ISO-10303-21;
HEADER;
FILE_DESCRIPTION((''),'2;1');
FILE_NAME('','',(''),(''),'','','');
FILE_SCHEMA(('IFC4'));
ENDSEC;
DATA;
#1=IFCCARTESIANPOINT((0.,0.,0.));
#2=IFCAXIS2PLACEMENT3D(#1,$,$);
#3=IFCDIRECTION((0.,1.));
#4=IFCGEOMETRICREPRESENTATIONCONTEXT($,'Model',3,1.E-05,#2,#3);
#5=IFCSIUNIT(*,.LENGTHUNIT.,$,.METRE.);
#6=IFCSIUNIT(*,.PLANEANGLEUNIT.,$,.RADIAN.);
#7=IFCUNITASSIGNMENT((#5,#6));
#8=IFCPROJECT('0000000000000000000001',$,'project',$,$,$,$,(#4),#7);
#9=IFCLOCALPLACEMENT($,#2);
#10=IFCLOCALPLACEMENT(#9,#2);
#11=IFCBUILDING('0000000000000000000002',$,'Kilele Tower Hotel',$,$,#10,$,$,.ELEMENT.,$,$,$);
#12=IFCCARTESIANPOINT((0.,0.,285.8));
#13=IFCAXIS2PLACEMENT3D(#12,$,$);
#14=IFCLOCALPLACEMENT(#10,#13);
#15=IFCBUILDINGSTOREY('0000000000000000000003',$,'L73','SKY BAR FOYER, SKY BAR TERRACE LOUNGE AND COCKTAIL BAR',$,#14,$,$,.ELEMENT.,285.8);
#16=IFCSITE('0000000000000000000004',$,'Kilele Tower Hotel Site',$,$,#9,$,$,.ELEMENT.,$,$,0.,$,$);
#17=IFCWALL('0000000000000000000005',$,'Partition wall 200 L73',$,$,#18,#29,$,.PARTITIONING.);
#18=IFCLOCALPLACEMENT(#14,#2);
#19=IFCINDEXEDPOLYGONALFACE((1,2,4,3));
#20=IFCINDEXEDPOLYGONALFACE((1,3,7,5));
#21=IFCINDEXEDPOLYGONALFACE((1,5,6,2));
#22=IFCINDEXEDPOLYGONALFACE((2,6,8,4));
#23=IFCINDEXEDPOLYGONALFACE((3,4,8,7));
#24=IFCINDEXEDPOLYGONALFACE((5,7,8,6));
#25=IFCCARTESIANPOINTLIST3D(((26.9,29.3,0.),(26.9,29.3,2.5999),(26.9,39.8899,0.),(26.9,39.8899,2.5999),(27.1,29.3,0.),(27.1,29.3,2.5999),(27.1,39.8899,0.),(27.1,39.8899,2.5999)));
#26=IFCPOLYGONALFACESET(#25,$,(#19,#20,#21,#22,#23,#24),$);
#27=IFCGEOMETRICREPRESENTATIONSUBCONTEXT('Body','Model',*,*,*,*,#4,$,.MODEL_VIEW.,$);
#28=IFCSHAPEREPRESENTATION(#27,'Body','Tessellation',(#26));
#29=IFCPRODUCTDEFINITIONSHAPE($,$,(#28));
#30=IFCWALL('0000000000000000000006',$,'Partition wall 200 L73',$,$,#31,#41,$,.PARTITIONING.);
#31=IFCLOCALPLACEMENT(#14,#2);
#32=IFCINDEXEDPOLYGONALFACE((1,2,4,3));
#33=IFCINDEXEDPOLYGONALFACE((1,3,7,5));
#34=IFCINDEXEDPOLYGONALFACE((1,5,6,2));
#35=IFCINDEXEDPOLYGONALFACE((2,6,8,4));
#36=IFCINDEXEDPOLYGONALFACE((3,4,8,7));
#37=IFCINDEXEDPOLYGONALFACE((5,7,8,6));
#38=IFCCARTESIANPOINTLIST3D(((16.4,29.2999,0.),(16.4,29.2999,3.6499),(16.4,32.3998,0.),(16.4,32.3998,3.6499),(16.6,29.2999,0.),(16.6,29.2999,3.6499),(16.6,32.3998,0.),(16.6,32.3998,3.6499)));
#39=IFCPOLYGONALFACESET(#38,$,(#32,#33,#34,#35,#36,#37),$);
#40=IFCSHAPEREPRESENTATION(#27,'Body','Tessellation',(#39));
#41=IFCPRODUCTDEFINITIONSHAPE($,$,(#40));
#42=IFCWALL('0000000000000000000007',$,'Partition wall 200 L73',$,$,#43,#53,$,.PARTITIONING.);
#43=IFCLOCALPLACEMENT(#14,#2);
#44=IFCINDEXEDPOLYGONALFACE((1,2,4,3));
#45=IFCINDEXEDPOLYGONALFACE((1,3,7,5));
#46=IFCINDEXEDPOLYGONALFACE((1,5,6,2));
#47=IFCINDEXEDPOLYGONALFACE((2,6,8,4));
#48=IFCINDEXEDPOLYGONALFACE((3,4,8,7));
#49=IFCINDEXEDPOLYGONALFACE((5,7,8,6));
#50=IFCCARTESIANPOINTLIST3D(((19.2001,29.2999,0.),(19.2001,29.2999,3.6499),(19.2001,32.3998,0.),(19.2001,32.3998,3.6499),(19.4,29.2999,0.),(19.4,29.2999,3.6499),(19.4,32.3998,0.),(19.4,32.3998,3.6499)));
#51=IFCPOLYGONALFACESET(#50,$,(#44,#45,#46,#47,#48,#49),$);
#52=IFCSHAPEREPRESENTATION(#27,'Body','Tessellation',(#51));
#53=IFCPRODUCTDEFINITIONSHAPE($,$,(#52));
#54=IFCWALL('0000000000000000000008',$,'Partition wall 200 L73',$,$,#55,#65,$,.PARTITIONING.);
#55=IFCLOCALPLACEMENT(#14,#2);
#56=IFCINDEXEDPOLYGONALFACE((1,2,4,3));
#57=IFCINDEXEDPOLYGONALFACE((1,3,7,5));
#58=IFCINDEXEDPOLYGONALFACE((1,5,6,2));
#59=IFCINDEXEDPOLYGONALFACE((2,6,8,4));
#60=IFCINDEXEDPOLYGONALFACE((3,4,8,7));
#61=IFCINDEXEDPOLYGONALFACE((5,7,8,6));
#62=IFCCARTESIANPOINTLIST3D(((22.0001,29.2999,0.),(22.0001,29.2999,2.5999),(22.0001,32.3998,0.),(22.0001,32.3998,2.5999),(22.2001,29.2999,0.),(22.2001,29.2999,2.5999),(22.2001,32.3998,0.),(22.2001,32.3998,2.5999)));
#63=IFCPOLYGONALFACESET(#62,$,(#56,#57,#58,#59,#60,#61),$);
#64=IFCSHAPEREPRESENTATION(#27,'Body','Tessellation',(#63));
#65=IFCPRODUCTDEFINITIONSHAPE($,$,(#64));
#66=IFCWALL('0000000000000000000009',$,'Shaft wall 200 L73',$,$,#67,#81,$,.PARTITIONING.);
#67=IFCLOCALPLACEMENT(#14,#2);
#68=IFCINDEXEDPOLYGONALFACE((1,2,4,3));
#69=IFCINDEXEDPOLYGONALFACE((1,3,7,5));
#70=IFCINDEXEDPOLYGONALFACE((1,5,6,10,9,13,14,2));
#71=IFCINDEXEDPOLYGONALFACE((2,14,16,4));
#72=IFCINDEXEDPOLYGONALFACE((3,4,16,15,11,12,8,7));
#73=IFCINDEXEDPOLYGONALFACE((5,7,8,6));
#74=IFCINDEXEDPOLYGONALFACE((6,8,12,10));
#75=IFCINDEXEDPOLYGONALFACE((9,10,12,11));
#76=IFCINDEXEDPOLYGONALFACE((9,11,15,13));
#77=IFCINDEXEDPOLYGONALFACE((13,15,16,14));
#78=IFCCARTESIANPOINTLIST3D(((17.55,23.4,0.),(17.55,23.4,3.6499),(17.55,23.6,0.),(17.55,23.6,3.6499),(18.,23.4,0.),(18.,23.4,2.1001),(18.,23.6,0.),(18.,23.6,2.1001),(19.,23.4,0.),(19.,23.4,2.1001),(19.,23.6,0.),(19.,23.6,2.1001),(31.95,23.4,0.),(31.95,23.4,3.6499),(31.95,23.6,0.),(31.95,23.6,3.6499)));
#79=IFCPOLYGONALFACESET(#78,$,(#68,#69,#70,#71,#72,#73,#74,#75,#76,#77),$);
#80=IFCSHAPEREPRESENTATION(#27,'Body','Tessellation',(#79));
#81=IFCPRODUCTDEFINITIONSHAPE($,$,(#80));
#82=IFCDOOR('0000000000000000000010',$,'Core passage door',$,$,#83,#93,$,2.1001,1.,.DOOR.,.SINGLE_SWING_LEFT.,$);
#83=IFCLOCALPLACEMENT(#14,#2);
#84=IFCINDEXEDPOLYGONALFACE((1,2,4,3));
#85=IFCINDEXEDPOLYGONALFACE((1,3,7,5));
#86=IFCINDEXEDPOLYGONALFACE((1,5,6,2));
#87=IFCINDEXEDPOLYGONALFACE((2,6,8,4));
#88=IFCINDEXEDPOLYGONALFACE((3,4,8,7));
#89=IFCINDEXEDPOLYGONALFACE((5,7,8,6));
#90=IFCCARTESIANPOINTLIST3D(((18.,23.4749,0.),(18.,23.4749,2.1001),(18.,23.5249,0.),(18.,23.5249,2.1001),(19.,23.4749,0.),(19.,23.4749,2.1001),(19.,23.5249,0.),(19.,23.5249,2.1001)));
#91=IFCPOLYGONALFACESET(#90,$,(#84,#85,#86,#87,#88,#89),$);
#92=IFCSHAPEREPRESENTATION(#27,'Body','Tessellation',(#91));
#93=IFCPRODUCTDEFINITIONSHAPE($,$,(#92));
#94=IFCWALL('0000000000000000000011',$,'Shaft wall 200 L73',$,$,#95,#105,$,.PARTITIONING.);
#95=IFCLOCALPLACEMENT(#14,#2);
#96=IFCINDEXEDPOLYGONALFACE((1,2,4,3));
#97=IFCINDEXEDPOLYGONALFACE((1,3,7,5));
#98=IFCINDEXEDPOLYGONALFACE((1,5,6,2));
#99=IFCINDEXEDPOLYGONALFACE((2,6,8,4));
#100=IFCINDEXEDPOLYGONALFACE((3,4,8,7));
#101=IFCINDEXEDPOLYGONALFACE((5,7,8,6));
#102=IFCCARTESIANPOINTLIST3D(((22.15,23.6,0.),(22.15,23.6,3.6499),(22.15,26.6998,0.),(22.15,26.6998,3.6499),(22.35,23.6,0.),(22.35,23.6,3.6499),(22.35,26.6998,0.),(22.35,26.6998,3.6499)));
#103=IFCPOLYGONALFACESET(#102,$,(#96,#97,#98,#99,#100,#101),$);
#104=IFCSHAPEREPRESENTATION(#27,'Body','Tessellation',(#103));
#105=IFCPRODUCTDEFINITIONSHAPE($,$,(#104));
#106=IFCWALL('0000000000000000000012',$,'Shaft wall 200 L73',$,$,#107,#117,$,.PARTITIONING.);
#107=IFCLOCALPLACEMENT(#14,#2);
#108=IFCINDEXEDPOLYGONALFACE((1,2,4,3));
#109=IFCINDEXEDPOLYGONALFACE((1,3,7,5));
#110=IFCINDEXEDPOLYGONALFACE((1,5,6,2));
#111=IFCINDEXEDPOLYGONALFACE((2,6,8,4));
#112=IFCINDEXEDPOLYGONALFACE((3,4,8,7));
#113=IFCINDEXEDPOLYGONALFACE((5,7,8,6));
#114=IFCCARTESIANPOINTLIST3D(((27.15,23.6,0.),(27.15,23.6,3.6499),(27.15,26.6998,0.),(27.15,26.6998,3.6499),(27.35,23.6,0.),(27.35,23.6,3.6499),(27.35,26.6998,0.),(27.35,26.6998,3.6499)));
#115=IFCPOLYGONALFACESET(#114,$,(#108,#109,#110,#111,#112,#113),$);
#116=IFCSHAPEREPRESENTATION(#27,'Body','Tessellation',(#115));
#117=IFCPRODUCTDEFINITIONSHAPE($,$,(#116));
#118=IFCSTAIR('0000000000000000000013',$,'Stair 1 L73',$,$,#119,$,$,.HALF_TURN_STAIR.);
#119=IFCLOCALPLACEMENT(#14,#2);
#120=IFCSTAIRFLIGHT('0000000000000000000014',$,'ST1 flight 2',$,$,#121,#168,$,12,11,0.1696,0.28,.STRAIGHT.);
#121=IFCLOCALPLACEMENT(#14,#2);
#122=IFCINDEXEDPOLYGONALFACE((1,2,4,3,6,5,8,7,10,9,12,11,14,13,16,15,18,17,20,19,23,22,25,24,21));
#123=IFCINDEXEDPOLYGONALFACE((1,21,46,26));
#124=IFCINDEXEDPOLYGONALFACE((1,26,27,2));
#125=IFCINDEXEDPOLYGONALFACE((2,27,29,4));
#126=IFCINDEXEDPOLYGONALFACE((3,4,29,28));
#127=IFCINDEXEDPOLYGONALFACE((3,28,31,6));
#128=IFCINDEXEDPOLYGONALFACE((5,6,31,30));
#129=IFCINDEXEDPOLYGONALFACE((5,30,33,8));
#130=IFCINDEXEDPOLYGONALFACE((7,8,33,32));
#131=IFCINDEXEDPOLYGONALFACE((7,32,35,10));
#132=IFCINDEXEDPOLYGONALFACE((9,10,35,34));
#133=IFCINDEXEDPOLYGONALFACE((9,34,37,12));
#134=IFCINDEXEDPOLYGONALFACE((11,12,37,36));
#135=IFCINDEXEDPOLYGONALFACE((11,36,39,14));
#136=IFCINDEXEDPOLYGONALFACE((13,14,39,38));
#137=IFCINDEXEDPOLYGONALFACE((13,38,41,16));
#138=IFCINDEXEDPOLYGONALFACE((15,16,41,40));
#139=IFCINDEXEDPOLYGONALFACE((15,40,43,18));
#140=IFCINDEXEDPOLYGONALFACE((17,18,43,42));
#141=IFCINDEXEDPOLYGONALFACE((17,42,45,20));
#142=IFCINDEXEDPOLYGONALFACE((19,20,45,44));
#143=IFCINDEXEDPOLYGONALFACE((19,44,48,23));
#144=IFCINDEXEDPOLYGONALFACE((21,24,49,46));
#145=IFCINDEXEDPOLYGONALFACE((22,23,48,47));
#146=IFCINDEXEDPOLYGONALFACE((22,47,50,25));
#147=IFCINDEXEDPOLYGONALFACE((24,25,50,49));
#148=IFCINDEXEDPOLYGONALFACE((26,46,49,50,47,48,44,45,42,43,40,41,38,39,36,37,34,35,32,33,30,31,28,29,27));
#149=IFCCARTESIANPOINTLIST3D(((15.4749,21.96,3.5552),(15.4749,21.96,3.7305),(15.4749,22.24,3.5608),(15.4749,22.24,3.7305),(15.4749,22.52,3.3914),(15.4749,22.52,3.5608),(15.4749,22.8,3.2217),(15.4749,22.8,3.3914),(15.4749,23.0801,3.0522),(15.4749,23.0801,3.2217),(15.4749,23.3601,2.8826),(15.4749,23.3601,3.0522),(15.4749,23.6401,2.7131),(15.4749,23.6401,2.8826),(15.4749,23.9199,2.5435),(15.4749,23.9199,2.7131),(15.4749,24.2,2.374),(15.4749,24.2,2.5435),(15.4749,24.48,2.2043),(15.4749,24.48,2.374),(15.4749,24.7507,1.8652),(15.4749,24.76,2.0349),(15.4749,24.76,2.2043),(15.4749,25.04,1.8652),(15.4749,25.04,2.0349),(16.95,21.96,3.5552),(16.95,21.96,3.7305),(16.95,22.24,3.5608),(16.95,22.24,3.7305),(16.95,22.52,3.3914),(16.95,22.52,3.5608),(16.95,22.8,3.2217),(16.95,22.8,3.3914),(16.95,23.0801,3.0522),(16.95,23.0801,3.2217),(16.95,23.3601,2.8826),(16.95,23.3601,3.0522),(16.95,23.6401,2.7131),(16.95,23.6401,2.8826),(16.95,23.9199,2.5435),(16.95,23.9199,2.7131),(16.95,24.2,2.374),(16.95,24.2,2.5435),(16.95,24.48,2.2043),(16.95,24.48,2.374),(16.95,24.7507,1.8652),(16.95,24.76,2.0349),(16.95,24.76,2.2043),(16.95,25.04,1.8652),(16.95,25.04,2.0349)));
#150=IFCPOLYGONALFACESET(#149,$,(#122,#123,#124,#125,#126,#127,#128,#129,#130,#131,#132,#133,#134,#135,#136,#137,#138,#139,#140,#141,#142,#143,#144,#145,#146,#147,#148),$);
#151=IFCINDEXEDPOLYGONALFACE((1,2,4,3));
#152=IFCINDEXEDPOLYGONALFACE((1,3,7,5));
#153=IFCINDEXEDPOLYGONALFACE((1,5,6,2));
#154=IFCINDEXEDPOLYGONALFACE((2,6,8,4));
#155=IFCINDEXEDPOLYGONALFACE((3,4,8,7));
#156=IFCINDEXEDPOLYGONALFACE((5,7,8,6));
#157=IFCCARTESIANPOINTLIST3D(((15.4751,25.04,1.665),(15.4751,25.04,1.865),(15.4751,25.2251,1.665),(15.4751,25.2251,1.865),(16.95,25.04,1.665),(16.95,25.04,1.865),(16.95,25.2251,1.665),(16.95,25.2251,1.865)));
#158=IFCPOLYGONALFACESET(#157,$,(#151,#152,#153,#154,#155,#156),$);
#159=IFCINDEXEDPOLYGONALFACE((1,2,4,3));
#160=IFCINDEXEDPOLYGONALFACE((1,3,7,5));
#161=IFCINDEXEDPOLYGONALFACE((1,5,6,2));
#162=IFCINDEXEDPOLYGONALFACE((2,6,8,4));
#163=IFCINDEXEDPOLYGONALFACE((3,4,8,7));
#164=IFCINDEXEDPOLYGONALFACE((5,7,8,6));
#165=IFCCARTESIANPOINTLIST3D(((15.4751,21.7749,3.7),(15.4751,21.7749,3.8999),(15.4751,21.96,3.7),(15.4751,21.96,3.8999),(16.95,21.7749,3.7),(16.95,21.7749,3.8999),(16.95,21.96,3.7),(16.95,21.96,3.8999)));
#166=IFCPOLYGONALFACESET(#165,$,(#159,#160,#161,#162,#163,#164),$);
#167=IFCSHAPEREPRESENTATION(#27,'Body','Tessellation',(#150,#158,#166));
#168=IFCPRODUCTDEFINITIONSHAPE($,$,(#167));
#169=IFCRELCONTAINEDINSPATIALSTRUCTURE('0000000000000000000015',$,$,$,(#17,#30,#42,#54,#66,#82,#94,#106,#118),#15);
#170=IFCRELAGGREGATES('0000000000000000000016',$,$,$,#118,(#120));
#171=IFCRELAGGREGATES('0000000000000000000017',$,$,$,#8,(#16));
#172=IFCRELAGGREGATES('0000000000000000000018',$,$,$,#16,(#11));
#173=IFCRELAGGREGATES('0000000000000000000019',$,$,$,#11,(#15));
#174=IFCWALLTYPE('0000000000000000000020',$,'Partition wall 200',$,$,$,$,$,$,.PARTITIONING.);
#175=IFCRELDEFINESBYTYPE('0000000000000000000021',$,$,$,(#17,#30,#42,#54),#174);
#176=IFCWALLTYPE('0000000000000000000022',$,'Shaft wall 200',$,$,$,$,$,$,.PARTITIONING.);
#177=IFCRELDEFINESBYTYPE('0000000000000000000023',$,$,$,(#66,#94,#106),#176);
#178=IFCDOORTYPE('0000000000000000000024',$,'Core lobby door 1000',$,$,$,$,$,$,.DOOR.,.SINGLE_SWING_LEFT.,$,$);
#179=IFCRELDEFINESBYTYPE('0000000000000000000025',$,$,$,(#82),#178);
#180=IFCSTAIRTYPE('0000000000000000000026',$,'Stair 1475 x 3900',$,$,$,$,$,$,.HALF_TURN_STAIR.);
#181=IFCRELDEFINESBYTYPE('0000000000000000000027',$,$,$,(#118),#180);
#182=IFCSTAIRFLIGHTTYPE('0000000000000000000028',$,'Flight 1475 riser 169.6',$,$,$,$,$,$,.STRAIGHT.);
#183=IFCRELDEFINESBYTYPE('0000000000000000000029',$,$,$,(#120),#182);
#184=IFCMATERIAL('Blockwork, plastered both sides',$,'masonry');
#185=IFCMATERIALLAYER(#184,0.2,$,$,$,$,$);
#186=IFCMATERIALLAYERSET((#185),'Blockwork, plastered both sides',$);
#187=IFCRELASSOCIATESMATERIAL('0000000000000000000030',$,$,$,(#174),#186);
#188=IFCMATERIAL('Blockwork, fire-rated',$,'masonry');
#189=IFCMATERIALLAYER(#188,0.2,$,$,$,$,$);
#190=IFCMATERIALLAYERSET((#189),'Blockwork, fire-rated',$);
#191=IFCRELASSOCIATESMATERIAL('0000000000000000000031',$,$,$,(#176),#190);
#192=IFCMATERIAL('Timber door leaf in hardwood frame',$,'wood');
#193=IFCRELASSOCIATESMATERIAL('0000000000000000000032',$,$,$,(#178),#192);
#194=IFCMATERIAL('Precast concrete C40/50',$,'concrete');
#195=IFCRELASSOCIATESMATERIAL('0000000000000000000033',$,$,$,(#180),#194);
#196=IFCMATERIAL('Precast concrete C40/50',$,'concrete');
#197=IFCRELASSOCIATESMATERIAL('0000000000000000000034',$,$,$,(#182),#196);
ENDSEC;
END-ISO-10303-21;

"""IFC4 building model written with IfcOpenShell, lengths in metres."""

from ifc_helpers import new_model, si_unit, direction, frame, frame_2d, origin, place, context, subcontext, project, spatial, polyline, rectangle, outline, extrude, material, layer, layer_set, type_object, element, fill, aggregate, save


model = new_model("IFC4")

# Units and contexts
model_context = context("Model", 3, precision=1e-05, world=origin(), true_north=direction((0.0, 1.0)))
body_context = subcontext(model_context, "Body", "Model", "MODEL_VIEW")
ifc_project = project(units=[si_unit("LENGTHUNIT", "METRE"), si_unit("PLANEANGLEUNIT", "RADIAN")], contexts=[model_context])

# Site, building, storey
site_placement = place(None, origin())
site = spatial("IfcSite", under=ifc_project, at=site_placement, Name="Kilele Tower Hotel Site", CompositionType="ELEMENT", RefElevation=0.0)
building_placement = place(site_placement, origin())
building = spatial("IfcBuilding", under=site, at=building_placement, Name="Kilele Tower Hotel", CompositionType="ELEMENT")
storey_placement = place(building_placement, frame((0.0, 0.0, 285.8)))
storey = spatial("IfcBuildingStorey", under=building, at=storey_placement, Name="L73", Description="SKY BAR FOYER, SKY BAR TERRACE LOUNGE AND COCKTAIL BAR", CompositionType="ELEMENT", Elevation=285.8)

# Shared definitions
ifc_material_1 = material(Name="Blockwork, plastered both sides", Category="masonry")
ifc_layer_1 = layer(ifc_material_1, 0.2)
ifc_layer_set_1 = layer_set([ifc_layer_1], Name="Blockwork, plastered both sides")
wall_type_1 = type_object("IfcWallType", Name="Partition wall 200", PredefinedType="PARTITIONING", material=ifc_layer_set_1)

# Walls
wall_1_placement = place(storey_placement, frame((27.0, 29.3, 0.0), z_axis=(0.0, 0.0, 1.0), x_axis=(0.0, 1.0, 0.0)))
element("IfcWall", 1, at=wall_1_placement, inside=storey, type_object=wall_type_1, Name="Partition wall 200 L73", PredefinedType="PARTITIONING", context=body_context, shape_type="SweptSolid", body=[
    extrude(rectangle(XDim=10.5898, YDim=0.2, at=frame_2d((5.2949, 0.0))), origin(), (0.0, 0.0, 1.0), 2.5999),
])
for number, where, z_axis, x_axis, name in (
    (2, (16.5, 29.3, 0.0), (0.0, 0.0, 1.0), (0.0, 1.0, 0.0), "Partition wall 200 L73"),
    (3, (19.3, 29.3, 0.0), (0.0, 0.0, 1.0), (0.0, 1.0, 0.0), "Partition wall 200 L73"),
):
    element("IfcWall", number, at=place(storey_placement, frame(where, z_axis=z_axis, x_axis=x_axis)), inside=storey, type_object=wall_type_1, Name=name, PredefinedType="PARTITIONING", context=body_context, shape_type="SweptSolid", body=[
        extrude(rectangle(XDim=3.0999, YDim=0.2, at=frame_2d((1.5498, 0.0))), origin(), (0.0, 0.0, 1.0), 3.6499),
    ])
wall_2_placement = place(storey_placement, frame((22.1001, 29.3, 0.0), z_axis=(0.0, 0.0, 1.0), x_axis=(0.0, 1.0, 0.0)))
element("IfcWall", 4, at=wall_2_placement, inside=storey, type_object=wall_type_1, Name="Partition wall 200 L73", PredefinedType="PARTITIONING", context=body_context, shape_type="SweptSolid", body=[
    extrude(rectangle(XDim=3.0999, YDim=0.2, at=frame_2d((1.5498, 0.0))), origin(), (0.0, 0.0, 1.0), 2.5999),
])

# Wall, opening, door
ifc_material_2 = material(Name="Blockwork, fire-rated", Category="masonry")
ifc_layer_2 = layer(ifc_material_2, 0.2)
ifc_layer_set_2 = layer_set([ifc_layer_2], Name="Blockwork, fire-rated")
wall_type_2 = type_object("IfcWallType", Name="Shaft wall 200", PredefinedType="PARTITIONING", material=ifc_layer_set_2)
wall_3_placement = place(storey_placement, frame((17.55, 23.5, 0.0), z_axis=(0.0, 0.0, 1.0), x_axis=(1.0, 0.0, 0.0)))
wall_3 = element("IfcWall", 5, at=wall_3_placement, inside=storey, type_object=wall_type_2, Name="Shaft wall 200 L73", PredefinedType="PARTITIONING", context=body_context, shape_type="SweptSolid", body=[
    extrude(rectangle(XDim=14.3999, YDim=0.2, at=frame_2d((7.2, 0.0))), origin(), (0.0, 0.0, 1.0), 3.6499),
])
opening_1_placement = place(wall_3_placement, frame((0.45, 0.0, 0.0)))
opening_1 = element("IfcOpeningElement", 6, at=opening_1_placement, cuts=wall_3, PredefinedType="OPENING", context=body_context, shape_type="SweptSolid", body=[
    extrude(rectangle(XDim=1.0, YDim=2.1001, at=frame_2d((0.5, 1.05))), frame((0.0, 0.1099, 0.0), z_axis=(0.0, -1.0, 0.0), x_axis=(1.0, 0.0, 0.0)), (0.0, 0.0, 1.0), 0.22),
])
ifc_material_3 = material(Name="Timber door leaf in hardwood frame", Category="wood")
door_type_1 = type_object("IfcDoorType", Name="Core lobby door 1000", OperationType="SINGLE_SWING_LEFT", PredefinedType="DOOR", material=ifc_material_3)
door_1_placement = place(opening_1_placement, origin())
door_1 = element("IfcDoor", 7, at=door_1_placement, inside=storey, type_object=door_type_1, Name="Core passage door", OperationType="SINGLE_SWING_LEFT", OverallHeight=2.1001, OverallWidth=1.0, PredefinedType="DOOR", context=body_context, shape_type="SweptSolid", body=[
    extrude(rectangle(XDim=1.0, YDim=2.1001, at=frame_2d((0.5, 1.05))), frame((0.0, 0.0249, 0.0), z_axis=(0.0, -1.0, 0.0), x_axis=(1.0, 0.0, 0.0)), (0.0, 0.0, 1.0), 0.05),
])
fill(opening_1, door_1)

# Walls
for number, where, z_axis, x_axis, name in (
    (8, (22.25, 23.6001, 0.0), (0.0, 0.0, 1.0), (0.0, 1.0, 0.0), "Shaft wall 200 L73"),
    (9, (27.25, 23.6001, 0.0), (0.0, 0.0, 1.0), (0.0, 1.0, 0.0), "Shaft wall 200 L73"),
):
    element("IfcWall", number, at=place(storey_placement, frame(where, z_axis=z_axis, x_axis=x_axis)), inside=storey, type_object=wall_type_2, Name=name, PredefinedType="PARTITIONING", context=body_context, shape_type="SweptSolid", body=[
        extrude(rectangle(XDim=3.0999, YDim=0.2, at=frame_2d((1.5498, 0.0))), origin(), (0.0, 0.0, 1.0), 3.6499),
    ])

# Stair, stair flight
ifc_material_4 = material(Name="Precast concrete C40/50", Category="concrete")
stair_type = type_object("IfcStairType", Name="Stair 1475 x 3900", PredefinedType="HALF_TURN_STAIR", material=ifc_material_4)
stair_placement = place(storey_placement, origin())
stair = element("IfcStair", 10, at=stair_placement, inside=storey, type_object=stair_type, Name="Stair 1 L73", PredefinedType="HALF_TURN_STAIR")
ifc_material_5 = material(Name="Precast concrete C40/50", Category="concrete")
stair_flight_type = type_object("IfcStairFlightType", Name="Flight 1475 riser 169.6", PredefinedType="STRAIGHT", material=ifc_material_5)
stair_flight_placement = place(storey_placement, frame((16.2124, 25.04, 1.8652), z_axis=(0.0, 0.0, 1.0), x_axis=(0.0, -1.0, 0.0)))
stair_flight = element("IfcStairFlight", 11, at=stair_flight_placement, type_object=stair_flight_type, Name="ST1 flight 2", NumberOfRisers=12, NumberOfTreads=11, PredefinedType="STRAIGHT", RiserHeight=0.1696, TreadLength=0.28, context=body_context, shape_type="SweptSolid", body=[
    extrude(outline(polyline([(0.0, 0.0), (0.0, 0.1697), (0.28, 0.1697), (0.28, 0.3391), (0.5601, 0.3391), (0.5601, 0.5088), (0.8401, 0.5088), (0.8401, 0.6782), (1.1201, 0.6782), (1.1201, 0.8479), (1.3999, 0.8479), (1.3999, 1.0173), (1.6799, 1.0173), (1.6799, 1.187), (1.96, 1.187), (1.96, 1.3564), (2.24, 1.3564), (2.24, 1.5261), (2.52, 1.5261), (2.52, 1.6956), (2.8, 1.6956), (2.8, 1.8652), (3.0801, 1.8652), (3.0801, 2.0347), (3.0801, 1.6899), (0.2893, 0.0), (0.0, 0.0)])), frame((0.0, 0.7375, 0.0), z_axis=(0.0, -1.0, 0.0), x_axis=(1.0, 0.0, 0.0)), (0.0, 0.0, 1.0), 1.4751),
    extrude(outline(polyline([(0.0, -0.7373), (0.0, 0.7375), (-0.1851, 0.7375), (-0.1851, -0.7373), (0.0, -0.7373)])), frame((0.0, 0.0, -0.2002)), (0.0, 0.0, 1.0), 0.2),
    extrude(outline(polyline([(3.2651, -0.7373), (3.2651, 0.7375), (3.0801, 0.7375), (3.0801, -0.7373), (3.2651, -0.7373)])), frame((0.0, 0.0, 1.8347)), (0.0, 0.0, 1.0), 0.2),
])
aggregate(stair, [stair_flight])

save(model, "model.ifc")
